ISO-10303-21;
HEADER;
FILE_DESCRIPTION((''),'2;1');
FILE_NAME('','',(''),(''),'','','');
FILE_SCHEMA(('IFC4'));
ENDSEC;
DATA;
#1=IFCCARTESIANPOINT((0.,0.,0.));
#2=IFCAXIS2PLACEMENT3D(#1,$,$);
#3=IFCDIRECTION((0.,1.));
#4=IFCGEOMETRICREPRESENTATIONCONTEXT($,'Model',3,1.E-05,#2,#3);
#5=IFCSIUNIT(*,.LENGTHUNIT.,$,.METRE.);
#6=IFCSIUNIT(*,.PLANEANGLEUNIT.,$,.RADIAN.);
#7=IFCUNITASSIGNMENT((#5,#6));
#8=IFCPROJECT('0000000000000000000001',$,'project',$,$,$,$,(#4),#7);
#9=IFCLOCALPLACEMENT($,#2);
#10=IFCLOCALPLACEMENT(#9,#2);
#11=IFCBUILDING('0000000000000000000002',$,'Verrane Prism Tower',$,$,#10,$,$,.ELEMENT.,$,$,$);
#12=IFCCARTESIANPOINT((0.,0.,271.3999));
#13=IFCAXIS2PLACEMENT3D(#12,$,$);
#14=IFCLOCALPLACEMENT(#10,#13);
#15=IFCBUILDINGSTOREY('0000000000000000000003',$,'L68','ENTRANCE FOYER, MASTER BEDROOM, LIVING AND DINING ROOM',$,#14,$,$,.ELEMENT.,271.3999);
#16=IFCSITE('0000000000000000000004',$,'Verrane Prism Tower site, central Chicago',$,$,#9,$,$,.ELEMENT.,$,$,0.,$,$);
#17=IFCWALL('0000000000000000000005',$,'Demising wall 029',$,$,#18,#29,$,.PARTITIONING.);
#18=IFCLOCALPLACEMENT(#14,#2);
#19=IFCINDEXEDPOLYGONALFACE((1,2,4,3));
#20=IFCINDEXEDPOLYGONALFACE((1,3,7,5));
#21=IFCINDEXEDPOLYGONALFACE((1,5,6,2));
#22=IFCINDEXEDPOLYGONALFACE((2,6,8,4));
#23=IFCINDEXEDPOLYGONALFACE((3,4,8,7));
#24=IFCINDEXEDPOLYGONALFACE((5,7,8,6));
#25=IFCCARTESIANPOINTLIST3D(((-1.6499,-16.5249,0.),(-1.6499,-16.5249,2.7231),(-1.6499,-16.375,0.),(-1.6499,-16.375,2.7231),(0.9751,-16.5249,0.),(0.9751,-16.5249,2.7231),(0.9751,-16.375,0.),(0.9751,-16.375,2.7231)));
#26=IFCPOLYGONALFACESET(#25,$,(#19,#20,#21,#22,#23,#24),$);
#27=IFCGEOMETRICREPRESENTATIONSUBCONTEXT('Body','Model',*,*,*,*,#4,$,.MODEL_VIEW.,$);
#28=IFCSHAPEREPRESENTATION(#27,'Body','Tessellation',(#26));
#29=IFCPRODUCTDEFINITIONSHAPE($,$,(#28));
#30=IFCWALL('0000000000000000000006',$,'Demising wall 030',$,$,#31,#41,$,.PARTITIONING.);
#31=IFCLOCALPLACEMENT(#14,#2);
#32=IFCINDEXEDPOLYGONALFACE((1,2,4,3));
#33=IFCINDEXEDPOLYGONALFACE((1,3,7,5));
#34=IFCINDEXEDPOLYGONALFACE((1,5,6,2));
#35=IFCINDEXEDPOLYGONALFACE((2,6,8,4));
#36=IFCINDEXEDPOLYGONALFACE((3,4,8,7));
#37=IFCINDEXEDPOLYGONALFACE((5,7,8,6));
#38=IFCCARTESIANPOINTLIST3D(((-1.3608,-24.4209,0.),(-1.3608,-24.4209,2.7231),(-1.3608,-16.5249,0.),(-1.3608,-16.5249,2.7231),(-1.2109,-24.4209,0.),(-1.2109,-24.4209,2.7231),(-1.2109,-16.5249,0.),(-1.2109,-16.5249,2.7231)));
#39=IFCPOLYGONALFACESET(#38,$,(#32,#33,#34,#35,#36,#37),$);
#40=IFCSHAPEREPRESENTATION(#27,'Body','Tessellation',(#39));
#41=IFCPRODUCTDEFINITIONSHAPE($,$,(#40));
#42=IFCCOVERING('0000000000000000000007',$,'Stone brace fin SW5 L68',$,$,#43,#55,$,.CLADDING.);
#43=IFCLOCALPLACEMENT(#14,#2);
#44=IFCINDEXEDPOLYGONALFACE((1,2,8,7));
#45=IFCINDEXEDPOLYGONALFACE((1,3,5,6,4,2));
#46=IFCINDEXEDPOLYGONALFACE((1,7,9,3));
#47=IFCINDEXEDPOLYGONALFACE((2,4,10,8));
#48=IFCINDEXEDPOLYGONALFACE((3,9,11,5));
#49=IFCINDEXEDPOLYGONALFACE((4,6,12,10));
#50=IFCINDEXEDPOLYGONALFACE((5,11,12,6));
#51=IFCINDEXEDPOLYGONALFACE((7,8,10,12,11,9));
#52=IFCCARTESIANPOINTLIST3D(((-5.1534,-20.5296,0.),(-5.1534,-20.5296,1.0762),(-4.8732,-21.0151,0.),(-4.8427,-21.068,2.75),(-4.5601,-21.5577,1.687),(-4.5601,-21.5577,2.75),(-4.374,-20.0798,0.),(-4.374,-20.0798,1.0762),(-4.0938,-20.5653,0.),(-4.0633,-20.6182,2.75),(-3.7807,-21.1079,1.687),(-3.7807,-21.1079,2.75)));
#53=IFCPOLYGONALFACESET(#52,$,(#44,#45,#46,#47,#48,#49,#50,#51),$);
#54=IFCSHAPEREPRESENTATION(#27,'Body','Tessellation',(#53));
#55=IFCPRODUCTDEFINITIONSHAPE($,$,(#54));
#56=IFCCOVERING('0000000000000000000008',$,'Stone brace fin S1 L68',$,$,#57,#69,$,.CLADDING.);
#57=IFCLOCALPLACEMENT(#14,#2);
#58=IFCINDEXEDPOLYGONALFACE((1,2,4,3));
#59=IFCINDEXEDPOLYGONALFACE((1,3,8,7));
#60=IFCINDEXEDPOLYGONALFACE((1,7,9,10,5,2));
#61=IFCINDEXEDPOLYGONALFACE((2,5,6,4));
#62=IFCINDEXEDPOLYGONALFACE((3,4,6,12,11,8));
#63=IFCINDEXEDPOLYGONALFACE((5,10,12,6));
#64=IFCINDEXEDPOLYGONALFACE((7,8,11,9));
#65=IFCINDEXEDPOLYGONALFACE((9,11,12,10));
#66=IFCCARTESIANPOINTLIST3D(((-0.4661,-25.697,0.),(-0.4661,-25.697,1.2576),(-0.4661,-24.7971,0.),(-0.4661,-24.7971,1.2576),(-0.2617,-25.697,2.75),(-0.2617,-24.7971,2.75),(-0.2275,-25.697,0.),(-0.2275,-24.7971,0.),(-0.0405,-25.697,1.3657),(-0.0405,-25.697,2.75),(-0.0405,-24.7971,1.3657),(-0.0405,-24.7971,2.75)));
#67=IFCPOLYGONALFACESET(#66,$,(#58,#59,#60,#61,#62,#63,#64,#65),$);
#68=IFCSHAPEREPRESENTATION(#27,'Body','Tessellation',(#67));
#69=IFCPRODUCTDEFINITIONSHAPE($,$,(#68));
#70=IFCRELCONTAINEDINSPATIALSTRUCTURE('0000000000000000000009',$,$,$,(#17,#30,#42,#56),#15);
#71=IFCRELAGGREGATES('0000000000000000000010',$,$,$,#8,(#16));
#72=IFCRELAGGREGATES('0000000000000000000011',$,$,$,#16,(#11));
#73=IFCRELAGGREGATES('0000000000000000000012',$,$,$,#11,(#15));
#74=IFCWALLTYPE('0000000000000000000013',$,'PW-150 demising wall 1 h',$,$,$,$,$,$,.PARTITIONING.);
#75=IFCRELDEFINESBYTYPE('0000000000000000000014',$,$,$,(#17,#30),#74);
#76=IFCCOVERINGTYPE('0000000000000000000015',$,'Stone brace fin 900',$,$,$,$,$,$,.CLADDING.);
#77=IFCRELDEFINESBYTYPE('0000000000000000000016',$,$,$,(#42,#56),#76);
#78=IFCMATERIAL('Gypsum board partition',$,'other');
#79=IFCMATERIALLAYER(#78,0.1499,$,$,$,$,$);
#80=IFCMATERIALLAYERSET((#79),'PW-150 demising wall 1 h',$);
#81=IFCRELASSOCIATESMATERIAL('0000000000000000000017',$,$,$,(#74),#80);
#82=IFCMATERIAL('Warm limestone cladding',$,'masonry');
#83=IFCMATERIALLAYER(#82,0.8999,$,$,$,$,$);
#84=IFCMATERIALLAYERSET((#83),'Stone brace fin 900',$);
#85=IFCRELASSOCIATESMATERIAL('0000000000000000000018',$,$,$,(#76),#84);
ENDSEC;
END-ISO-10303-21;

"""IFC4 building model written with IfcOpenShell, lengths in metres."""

from ifc_helpers import new_model, si_unit, direction, frame, frame_2d, origin, place, context, subcontext, project, spatial, polyline, rectangle, outline, extrude, material, layer, layer_set, type_object, element, save


model = new_model("IFC4")

# Units and contexts
model_context = context("Model", 3, precision=1e-05, world=origin(), true_north=direction((0.0, 1.0)))
body_context = subcontext(model_context, "Body", "Model", "MODEL_VIEW")
ifc_project = project(units=[si_unit("LENGTHUNIT", "METRE"), si_unit("PLANEANGLEUNIT", "RADIAN")], contexts=[model_context])

# Site, building, storey
site_placement = place(None, origin())
site = spatial("IfcSite", under=ifc_project, at=site_placement, Name="Verrane Prism Tower site, central Chicago", CompositionType="ELEMENT", RefElevation=0.0)
building_placement = place(site_placement, origin())
building = spatial("IfcBuilding", under=site, at=building_placement, Name="Verrane Prism Tower", CompositionType="ELEMENT")
storey_placement = place(building_placement, frame((0.0, 0.0, 271.3999)))
storey = spatial("IfcBuildingStorey", under=building, at=storey_placement, Name="L68", Description="ENTRANCE FOYER, MASTER BEDROOM, LIVING AND DINING ROOM", CompositionType="ELEMENT", Elevation=271.3999)

# Walls
ifc_material_1 = material(Name="Gypsum board partition", Category="other")
ifc_layer_1 = layer(ifc_material_1, 0.1499)
ifc_layer_set_1 = layer_set([ifc_layer_1], Name="PW-150 demising wall 1 h")
wall_type_1 = type_object("IfcWallType", Name="PW-150 demising wall 1 h", PredefinedType="PARTITIONING", material=ifc_layer_set_1)
wall_1_placement = place(storey_placement, frame((-1.6499, -16.45, 0.0), z_axis=(0.0, 0.0, 1.0), x_axis=(1.0, 0.0, 0.0)))
element("IfcWall", 1, at=wall_1_placement, inside=storey, type_object=wall_type_1, Name="Demising wall 029", PredefinedType="PARTITIONING", context=body_context, shape_type="SweptSolid", body=[
    extrude(rectangle(XDim=2.625, YDim=0.1499, at=frame_2d((1.3125, 0.0))), origin(), (0.0, 0.0, 1.0), 2.7231),
])
wall_2_placement = place(storey_placement, frame((-1.2859, -24.4209, 0.0), z_axis=(0.0, 0.0, 1.0), x_axis=(0.0, 1.0, 0.0)))
element("IfcWall", 2, at=wall_2_placement, inside=storey, type_object=wall_type_1, Name="Demising wall 030", PredefinedType="PARTITIONING", context=body_context, shape_type="SweptSolid", body=[
    extrude(rectangle(XDim=7.896, YDim=0.1499, at=frame_2d((3.948, 0.0))), origin(), (0.0, 0.0, 1.0), 2.7231),
])

# Coverings
ifc_material_2 = material(Name="Warm limestone cladding", Category="masonry")
ifc_layer_2 = layer(ifc_material_2, 0.8999)
ifc_layer_set_2 = layer_set([ifc_layer_2], Name="Stone brace fin 900")
covering_type = type_object("IfcCoveringType", Name="Stone brace fin 900", PredefinedType="CLADDING", material=ifc_layer_set_2)
covering_1_placement = place(storey_placement, frame((-4.7637, -20.3047, 0.0), z_axis=(0.0, 0.0, 1.0), x_axis=(0.499811, -0.866134, 0.0)))
element("IfcCovering", 3, at=covering_1_placement, inside=storey, type_object=covering_type, Name="Stone brace fin SW5 L68", PredefinedType="CLADDING", context=body_context, shape_type="SweptSolid", body=[
    extrude(outline(polyline([(1.187, 2.75), (0.6216, 2.75), (0.0, 1.0762), (0.0, 0.0), (0.5605, 0.0), (1.187, 1.687), (1.187, 2.75)])), frame((0.0, 0.45, 0.0), z_axis=(0.0, -1.0, 0.0), x_axis=(1.0, 0.0, 0.0)), (0.0, 0.0, 1.0), 0.8999),
])
covering_2_placement = place(storey_placement, frame((-0.4661, -25.2471, 0.0), z_axis=(0.0, 0.0, 1.0), x_axis=(1.0, 0.0, 0.0)))
element("IfcCovering", 4, at=covering_2_placement, inside=storey, type_object=covering_type, Name="Stone brace fin S1 L68", PredefinedType="CLADDING", context=body_context, shape_type="SweptSolid", body=[
    extrude(outline(polyline([(0.4255, 2.75), (0.2043, 2.75), (0.0, 1.2576), (0.0, 0.0), (0.2385, 0.0), (0.4255, 1.3657), (0.4255, 2.75)])), frame((0.0, 0.45, 0.0), z_axis=(0.0, -1.0, 0.0), x_axis=(1.0, 0.0, 0.0)), (0.0, 0.0, 1.0), 0.8999),
])

save(model, "model.ifc")
